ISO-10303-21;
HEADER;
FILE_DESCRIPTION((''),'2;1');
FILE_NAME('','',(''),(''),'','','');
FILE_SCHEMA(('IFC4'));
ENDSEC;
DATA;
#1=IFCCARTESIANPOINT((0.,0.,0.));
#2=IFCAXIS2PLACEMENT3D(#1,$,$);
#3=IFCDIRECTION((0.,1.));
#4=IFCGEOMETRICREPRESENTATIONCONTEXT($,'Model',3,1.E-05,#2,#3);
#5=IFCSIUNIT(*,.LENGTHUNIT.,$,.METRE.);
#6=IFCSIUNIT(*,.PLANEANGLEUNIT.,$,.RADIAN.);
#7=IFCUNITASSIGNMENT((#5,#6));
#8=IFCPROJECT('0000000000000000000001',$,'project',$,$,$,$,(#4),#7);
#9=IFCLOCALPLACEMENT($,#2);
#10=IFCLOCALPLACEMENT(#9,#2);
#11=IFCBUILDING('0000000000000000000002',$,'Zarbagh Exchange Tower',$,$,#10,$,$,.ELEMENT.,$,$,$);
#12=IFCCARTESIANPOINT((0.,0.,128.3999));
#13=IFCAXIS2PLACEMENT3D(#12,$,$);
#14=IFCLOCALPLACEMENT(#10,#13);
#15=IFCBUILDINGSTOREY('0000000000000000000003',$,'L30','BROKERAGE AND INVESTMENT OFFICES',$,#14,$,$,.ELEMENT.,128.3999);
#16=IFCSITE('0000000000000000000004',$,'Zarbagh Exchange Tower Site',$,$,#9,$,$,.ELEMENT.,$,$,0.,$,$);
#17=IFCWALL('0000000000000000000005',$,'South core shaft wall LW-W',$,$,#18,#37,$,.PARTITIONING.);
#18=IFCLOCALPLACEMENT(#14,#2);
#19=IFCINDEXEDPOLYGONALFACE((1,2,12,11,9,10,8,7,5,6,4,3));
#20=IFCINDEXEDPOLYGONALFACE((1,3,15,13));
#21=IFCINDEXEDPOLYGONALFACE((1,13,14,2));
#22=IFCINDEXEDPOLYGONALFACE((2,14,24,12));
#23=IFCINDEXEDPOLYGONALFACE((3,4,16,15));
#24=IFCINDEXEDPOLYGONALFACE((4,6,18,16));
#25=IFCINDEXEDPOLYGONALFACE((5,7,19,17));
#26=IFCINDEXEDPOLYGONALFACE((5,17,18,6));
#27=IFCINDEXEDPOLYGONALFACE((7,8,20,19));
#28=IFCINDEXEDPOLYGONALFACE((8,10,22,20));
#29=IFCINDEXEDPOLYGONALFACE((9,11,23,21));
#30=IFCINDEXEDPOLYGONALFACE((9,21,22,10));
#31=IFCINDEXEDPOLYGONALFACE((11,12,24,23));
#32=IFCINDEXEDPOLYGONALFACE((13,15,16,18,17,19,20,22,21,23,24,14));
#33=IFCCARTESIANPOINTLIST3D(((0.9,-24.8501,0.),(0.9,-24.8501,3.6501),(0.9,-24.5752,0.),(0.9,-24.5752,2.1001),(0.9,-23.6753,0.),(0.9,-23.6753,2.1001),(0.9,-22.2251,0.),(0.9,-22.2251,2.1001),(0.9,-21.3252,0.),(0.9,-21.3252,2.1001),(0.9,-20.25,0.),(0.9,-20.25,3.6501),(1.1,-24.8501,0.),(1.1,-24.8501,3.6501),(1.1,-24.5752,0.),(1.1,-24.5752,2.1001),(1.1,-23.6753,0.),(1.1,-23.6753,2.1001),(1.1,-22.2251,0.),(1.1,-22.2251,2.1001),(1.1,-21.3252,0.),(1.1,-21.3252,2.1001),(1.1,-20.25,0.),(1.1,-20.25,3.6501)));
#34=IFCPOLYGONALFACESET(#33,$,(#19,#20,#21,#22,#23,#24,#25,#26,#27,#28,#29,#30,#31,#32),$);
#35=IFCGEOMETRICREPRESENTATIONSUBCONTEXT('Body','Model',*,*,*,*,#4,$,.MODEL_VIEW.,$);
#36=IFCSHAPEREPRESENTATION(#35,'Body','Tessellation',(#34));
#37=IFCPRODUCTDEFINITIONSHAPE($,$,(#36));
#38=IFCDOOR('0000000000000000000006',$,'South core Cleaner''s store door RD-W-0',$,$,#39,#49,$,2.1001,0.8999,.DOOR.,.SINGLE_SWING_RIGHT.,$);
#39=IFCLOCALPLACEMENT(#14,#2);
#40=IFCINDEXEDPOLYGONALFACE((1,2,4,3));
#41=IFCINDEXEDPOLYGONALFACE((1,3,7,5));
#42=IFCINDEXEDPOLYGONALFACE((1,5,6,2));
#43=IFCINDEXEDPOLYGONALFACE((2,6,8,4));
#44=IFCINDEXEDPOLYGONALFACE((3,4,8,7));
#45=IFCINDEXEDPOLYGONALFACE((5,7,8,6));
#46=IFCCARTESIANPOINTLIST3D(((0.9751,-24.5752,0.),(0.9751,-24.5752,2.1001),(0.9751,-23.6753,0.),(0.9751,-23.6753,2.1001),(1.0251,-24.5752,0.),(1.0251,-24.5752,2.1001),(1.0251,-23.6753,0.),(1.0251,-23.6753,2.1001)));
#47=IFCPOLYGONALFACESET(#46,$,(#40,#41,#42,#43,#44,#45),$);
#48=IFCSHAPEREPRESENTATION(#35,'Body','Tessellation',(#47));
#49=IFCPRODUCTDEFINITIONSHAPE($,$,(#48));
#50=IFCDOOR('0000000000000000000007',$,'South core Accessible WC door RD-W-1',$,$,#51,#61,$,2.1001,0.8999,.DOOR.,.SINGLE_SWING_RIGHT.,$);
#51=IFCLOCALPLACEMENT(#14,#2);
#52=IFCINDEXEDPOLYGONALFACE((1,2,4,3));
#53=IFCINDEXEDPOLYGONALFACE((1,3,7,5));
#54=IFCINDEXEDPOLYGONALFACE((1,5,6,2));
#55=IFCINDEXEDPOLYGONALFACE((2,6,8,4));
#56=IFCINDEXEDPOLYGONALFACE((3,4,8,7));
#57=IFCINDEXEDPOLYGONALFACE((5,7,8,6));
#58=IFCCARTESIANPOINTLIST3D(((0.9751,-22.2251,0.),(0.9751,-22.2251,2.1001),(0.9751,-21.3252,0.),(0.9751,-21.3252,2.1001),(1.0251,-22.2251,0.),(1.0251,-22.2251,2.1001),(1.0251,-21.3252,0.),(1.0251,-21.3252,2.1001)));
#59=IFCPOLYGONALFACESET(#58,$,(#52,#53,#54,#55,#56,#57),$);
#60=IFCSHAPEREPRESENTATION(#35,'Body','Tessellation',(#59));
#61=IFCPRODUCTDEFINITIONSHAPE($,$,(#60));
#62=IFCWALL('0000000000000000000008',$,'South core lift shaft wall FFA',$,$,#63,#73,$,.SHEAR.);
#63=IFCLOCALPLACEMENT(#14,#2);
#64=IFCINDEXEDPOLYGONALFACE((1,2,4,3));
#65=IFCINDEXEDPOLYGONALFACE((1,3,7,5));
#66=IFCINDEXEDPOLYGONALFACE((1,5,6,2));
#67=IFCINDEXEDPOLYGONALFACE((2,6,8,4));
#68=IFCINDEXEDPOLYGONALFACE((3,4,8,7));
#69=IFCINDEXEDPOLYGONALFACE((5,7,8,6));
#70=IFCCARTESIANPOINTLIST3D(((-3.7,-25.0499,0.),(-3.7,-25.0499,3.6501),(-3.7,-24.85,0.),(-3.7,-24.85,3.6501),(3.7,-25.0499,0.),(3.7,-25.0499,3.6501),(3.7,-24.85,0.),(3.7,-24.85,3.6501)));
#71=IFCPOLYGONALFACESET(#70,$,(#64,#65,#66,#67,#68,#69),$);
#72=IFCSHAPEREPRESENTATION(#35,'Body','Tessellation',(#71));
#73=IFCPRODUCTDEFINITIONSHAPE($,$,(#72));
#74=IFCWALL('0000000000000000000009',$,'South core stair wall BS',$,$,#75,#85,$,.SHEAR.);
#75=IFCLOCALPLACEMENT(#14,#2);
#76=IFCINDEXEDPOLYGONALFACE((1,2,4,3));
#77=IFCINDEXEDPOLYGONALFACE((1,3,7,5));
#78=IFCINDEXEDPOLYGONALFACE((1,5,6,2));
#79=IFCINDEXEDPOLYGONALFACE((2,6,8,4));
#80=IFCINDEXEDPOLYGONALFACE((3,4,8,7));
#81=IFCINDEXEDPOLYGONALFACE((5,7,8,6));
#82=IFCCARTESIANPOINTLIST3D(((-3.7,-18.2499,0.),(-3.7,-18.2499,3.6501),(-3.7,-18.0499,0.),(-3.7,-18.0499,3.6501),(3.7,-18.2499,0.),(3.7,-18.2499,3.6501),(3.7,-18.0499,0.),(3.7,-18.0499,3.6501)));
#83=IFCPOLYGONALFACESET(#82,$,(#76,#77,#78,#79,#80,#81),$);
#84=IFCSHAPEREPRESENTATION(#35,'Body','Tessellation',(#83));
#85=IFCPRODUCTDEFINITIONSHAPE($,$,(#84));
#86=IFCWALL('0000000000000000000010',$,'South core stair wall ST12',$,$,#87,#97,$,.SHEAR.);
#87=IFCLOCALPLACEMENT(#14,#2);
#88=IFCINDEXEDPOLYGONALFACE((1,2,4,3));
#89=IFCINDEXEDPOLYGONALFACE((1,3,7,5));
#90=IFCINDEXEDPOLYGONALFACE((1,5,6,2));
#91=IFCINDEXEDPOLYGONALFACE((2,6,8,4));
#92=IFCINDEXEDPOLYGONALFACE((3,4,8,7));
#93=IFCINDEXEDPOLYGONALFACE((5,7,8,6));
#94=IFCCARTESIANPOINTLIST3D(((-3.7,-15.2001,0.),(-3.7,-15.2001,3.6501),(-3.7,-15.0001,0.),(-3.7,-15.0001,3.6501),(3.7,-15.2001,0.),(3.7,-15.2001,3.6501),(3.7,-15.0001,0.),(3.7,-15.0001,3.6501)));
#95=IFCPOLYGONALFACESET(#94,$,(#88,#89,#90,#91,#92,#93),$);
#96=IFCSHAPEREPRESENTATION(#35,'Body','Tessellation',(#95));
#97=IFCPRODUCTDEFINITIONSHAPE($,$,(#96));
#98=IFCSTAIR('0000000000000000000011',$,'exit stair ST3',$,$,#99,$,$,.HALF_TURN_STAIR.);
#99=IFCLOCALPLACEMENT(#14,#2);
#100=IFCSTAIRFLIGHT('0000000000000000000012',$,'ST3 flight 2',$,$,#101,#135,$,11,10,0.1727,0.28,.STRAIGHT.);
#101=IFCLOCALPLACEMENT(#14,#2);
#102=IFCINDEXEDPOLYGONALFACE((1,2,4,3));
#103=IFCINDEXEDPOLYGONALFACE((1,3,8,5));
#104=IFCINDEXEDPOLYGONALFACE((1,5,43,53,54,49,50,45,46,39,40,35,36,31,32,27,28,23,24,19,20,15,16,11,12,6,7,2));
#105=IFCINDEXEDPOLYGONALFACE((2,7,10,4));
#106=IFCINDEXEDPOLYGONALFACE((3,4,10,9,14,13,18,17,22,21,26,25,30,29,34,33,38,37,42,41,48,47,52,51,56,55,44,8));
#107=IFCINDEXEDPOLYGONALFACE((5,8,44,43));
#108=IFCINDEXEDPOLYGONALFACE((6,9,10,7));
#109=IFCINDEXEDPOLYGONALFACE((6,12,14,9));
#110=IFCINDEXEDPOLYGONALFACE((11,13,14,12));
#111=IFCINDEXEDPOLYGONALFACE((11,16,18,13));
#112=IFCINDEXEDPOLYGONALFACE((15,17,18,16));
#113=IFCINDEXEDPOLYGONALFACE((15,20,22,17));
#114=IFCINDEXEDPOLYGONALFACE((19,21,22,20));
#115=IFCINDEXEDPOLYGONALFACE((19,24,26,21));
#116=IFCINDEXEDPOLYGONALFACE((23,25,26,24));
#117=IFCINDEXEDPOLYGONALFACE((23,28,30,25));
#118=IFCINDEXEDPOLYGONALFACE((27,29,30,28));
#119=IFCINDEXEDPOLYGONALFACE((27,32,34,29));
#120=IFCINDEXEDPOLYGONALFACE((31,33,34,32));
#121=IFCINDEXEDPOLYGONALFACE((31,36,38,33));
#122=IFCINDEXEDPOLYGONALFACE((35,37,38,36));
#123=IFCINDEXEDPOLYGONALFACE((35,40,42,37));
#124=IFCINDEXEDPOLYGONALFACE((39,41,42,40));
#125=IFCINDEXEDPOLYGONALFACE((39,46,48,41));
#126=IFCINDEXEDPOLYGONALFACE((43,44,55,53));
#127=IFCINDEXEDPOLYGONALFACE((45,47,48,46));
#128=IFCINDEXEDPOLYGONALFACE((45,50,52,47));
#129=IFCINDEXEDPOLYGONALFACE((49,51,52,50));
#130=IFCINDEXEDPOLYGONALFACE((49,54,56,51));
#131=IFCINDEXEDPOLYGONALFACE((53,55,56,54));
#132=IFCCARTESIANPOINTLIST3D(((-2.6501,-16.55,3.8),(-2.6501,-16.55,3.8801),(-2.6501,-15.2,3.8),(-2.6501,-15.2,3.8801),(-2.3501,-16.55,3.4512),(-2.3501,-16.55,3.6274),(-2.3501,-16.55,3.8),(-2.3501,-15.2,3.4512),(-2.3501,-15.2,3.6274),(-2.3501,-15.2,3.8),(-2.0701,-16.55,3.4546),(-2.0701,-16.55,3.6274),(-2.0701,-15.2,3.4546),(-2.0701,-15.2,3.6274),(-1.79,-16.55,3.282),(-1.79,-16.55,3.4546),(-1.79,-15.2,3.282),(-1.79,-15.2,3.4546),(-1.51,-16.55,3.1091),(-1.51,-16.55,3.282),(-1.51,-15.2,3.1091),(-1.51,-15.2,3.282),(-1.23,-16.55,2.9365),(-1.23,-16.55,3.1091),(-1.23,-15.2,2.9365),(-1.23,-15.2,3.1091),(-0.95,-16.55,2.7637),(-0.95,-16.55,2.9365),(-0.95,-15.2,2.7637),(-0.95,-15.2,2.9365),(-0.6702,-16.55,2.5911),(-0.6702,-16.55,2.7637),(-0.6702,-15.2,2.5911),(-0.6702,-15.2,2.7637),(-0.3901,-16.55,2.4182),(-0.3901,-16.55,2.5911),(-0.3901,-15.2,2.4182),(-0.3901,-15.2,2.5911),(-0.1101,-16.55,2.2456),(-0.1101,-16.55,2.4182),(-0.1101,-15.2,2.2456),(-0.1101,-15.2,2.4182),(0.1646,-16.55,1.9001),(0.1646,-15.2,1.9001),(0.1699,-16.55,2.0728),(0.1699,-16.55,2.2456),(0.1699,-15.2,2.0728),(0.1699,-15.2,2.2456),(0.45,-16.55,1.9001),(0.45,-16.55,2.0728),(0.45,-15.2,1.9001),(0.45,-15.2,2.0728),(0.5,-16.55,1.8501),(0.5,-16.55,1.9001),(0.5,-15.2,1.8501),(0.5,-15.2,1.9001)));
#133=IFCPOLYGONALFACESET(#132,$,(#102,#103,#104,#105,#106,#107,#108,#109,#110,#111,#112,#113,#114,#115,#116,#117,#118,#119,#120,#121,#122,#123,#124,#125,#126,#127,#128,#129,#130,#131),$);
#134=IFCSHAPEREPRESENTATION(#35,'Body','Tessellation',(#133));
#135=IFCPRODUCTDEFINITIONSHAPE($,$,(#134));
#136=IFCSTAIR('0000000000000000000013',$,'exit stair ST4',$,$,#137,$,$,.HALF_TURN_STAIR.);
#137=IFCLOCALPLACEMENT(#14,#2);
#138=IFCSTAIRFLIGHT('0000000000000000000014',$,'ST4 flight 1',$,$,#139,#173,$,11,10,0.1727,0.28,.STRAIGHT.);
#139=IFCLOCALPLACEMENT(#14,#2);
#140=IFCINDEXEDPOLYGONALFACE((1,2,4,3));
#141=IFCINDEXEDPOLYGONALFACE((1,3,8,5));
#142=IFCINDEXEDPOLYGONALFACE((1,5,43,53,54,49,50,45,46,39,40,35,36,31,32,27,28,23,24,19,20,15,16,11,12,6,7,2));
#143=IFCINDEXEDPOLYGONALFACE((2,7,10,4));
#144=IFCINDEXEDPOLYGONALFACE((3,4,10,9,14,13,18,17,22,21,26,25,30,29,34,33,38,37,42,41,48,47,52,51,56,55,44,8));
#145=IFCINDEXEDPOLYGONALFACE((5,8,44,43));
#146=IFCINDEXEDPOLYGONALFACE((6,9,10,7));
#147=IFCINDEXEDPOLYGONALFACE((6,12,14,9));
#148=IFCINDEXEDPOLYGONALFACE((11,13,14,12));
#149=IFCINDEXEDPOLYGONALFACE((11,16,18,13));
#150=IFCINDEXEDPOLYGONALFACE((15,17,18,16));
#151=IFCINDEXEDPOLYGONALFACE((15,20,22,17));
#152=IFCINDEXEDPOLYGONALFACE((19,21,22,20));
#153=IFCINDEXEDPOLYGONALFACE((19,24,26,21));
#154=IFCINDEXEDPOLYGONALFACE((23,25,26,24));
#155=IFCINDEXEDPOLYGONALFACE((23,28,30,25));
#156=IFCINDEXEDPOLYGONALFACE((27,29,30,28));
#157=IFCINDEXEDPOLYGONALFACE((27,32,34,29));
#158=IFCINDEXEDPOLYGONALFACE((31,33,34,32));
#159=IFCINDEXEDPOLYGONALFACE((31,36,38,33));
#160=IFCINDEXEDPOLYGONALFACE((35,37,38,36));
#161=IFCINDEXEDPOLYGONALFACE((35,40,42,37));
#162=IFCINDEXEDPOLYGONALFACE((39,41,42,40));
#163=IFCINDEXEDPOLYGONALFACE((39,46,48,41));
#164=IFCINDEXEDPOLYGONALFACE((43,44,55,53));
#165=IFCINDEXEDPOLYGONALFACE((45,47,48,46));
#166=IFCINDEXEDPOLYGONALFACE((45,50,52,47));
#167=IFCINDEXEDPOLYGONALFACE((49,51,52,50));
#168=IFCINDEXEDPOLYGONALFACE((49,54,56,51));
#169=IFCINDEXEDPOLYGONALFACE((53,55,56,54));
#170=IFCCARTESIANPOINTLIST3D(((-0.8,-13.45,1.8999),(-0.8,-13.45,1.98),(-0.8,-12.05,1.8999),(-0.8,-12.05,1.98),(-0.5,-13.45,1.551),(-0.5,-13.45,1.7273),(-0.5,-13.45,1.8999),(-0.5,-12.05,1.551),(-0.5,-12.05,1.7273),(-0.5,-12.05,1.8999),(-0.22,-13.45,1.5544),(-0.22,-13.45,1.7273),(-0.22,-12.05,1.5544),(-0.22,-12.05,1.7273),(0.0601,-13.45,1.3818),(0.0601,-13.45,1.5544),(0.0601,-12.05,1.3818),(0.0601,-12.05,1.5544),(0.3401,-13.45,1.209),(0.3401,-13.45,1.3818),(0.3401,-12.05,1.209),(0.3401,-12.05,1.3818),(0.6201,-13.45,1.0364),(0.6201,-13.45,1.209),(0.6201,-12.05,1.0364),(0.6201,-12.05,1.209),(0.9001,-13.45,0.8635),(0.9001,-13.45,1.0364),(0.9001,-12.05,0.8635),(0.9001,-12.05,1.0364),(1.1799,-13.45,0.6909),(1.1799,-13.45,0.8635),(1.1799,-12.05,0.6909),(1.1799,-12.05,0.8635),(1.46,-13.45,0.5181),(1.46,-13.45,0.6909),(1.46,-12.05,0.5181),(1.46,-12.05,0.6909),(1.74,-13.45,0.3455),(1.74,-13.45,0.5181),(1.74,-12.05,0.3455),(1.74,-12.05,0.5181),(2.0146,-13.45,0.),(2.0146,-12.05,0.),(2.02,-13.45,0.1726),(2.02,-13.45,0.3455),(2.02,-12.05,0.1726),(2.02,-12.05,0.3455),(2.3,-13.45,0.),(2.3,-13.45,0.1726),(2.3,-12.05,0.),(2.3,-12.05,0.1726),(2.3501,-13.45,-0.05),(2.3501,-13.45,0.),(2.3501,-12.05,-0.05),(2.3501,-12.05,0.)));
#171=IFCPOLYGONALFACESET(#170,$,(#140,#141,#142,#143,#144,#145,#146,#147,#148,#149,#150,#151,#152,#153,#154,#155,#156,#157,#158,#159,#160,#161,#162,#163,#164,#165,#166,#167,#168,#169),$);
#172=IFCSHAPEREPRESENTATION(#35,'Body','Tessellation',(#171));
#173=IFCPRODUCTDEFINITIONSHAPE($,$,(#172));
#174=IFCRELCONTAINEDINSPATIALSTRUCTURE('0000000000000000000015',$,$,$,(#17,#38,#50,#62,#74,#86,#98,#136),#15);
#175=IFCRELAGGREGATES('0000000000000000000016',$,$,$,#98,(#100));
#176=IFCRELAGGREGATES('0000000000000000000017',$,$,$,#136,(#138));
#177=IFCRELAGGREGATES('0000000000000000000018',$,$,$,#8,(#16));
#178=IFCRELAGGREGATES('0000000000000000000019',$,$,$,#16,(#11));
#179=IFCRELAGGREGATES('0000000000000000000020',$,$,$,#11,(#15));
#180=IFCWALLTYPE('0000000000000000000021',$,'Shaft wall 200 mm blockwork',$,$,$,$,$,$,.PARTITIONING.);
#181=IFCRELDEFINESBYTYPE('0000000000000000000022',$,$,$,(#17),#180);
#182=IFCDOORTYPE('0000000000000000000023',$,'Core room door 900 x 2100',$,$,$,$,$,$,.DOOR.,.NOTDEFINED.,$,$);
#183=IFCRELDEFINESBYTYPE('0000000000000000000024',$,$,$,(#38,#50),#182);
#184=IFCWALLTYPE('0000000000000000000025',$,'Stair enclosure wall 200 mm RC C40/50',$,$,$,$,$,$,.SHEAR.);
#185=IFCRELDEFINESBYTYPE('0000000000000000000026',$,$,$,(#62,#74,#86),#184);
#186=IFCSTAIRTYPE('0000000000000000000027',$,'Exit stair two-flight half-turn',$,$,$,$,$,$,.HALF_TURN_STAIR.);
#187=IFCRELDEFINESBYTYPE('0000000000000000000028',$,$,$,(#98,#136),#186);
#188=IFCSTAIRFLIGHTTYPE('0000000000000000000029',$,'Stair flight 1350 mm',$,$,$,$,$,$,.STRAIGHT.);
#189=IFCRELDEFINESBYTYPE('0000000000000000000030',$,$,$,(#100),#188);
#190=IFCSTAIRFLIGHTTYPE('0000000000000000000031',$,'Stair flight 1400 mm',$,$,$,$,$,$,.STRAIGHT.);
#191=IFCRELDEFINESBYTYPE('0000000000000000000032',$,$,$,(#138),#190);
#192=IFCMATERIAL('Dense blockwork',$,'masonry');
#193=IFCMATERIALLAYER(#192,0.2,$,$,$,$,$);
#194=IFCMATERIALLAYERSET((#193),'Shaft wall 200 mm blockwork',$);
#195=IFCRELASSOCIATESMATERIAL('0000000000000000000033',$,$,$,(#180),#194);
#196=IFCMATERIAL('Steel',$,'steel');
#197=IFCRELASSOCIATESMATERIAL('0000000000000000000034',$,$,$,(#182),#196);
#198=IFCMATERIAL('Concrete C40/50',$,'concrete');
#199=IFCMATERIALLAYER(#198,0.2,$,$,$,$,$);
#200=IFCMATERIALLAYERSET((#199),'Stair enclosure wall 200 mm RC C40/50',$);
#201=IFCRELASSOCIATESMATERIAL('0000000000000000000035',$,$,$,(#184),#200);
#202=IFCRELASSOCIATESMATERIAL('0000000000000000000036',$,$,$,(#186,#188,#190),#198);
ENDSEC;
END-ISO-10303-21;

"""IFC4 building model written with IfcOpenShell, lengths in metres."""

from ifc_helpers import new_model, si_unit, direction, frame, frame_2d, origin, place, context, subcontext, project, spatial, polyline, rectangle, outline, extrude, material, layer, layer_set, type_object, element, fill, aggregate, save


model = new_model("IFC4")

# Units and contexts
model_context = context("Model", 3, precision=1e-05, world=origin(), true_north=direction((0.0, 1.0)))
body_context = subcontext(model_context, "Body", "Model", "MODEL_VIEW")
ifc_project = project(units=[si_unit("LENGTHUNIT", "METRE"), si_unit("PLANEANGLEUNIT", "RADIAN")], contexts=[model_context])

# Site, building, storey
site_placement = place(None, origin())
site = spatial("IfcSite", under=ifc_project, at=site_placement, Name="Zarbagh Exchange Tower Site", CompositionType="ELEMENT", RefElevation=0.0)
building_placement = place(site_placement, origin())
building = spatial("IfcBuilding", under=site, at=building_placement, Name="Zarbagh Exchange Tower", CompositionType="ELEMENT")
storey_placement = place(building_placement, frame((0.0, 0.0, 128.3999)))
storey = spatial("IfcBuildingStorey", under=building, at=storey_placement, Name="L30", Description="BROKERAGE AND INVESTMENT OFFICES", CompositionType="ELEMENT", Elevation=128.3999)

# Shared definitions
ifc_material_1 = material(Name="Dense blockwork", Category="masonry")
ifc_layer_1 = layer(ifc_material_1, 0.2)
ifc_layer_set_1 = layer_set([ifc_layer_1], Name="Shaft wall 200 mm blockwork")
wall_type_1 = type_object("IfcWallType", Name="Shaft wall 200 mm blockwork", PredefinedType="PARTITIONING", material=ifc_layer_set_1)

# Wall, openings, doors
wall_1_placement = place(storey_placement, frame((1.0, -24.8501, 0.0), z_axis=(0.0, 0.0, 1.0), x_axis=(0.0, 1.0, 0.0)))
wall_1 = element("IfcWall", 1, at=wall_1_placement, inside=storey, type_object=wall_type_1, Name="South core shaft wall LW-W", PredefinedType="PARTITIONING", context=body_context, shape_type="SweptSolid", body=[
    extrude(rectangle(XDim=4.6001, YDim=0.2, at=frame_2d((2.3, 0.0))), origin(), (0.0, 0.0, 1.0), 3.6501),
])
opening_1_placement = place(wall_1_placement, frame((0.2749, 0.0, 0.0)))
opening_1 = element("IfcOpeningElement", 2, at=opening_1_placement, cuts=wall_1, PredefinedType="OPENING", context=body_context, shape_type="SweptSolid", body=[
    extrude(rectangle(XDim=0.8999, YDim=2.1001, at=frame_2d((0.45, 1.05))), frame((0.0, 0.1099, 0.0), z_axis=(0.0, -1.0, 0.0), x_axis=(1.0, 0.0, 0.0)), (0.0, 0.0, 1.0), 0.22),
])
opening_2_placement = place(wall_1_placement, frame((2.625, 0.0, 0.0)))
opening_2 = element("IfcOpeningElement", 3, at=opening_2_placement, cuts=wall_1, PredefinedType="OPENING", context=body_context, shape_type="SweptSolid", body=[
    extrude(rectangle(XDim=0.8999, YDim=2.1001, at=frame_2d((0.45, 1.05))), frame((0.0, 0.1099, 0.0), z_axis=(0.0, -1.0, 0.0), x_axis=(1.0, 0.0, 0.0)), (0.0, 0.0, 1.0), 0.22),
])
ifc_material_2 = material(Name="Steel", Category="steel")
door_type = type_object("IfcDoorType", Name="Core room door 900 x 2100", OperationType="NOTDEFINED", PredefinedType="DOOR", material=ifc_material_2)
door_1_placement = place(opening_1_placement, origin())
door_1 = element("IfcDoor", 4, at=door_1_placement, inside=storey, type_object=door_type, Name="South core Cleaner's store door RD-W-0", OperationType="SINGLE_SWING_RIGHT", OverallHeight=2.1001, OverallWidth=0.8999, PredefinedType="DOOR", context=body_context, shape_type="SweptSolid", body=[
    extrude(rectangle(XDim=0.8999, YDim=2.1001, at=frame_2d((0.45, 1.05))), frame((0.0, 0.0249, 0.0), z_axis=(0.0, -1.0, 0.0), x_axis=(1.0, 0.0, 0.0)), (0.0, 0.0, 1.0), 0.05),
])
fill(opening_1, door_1)
door_2_placement = place(opening_2_placement, origin())
door_2 = element("IfcDoor", 5, at=door_2_placement, inside=storey, type_object=door_type, Name="South core Accessible WC door RD-W-1", OperationType="SINGLE_SWING_RIGHT", OverallHeight=2.1001, OverallWidth=0.8999, PredefinedType="DOOR", context=body_context, shape_type="SweptSolid", body=[
    extrude(rectangle(XDim=0.8999, YDim=2.1001, at=frame_2d((0.45, 1.05))), frame((0.0, 0.0249, 0.0), z_axis=(0.0, -1.0, 0.0), x_axis=(1.0, 0.0, 0.0)), (0.0, 0.0, 1.0), 0.05),
])
fill(opening_2, door_2)

# Walls
ifc_material_3 = material(Name="Concrete C40/50", Category="concrete")
ifc_layer_2 = layer(ifc_material_3, 0.2)
ifc_layer_set_2 = layer_set([ifc_layer_2], Name="Stair enclosure wall 200 mm RC C40/50")
wall_type_2 = type_object("IfcWallType", Name="Stair enclosure wall 200 mm RC C40/50", PredefinedType="SHEAR", material=ifc_layer_set_2)
for number, where, z_axis, x_axis, name in (
    (6, (3.7, -24.95, 0.0), (0.0, 0.0, 1.0), (-1.0, 0.0, 0.0), "South core lift shaft wall FFA"),
    (7, (3.7, -18.1499, 0.0), (0.0, 0.0, 1.0), (-1.0, 0.0, 0.0), "South core stair wall BS"),
    (8, (3.7, -15.1001, 0.0), (0.0, 0.0, 1.0), (-1.0, 0.0, 0.0), "South core stair wall ST12"),
):
    element("IfcWall", number, at=place(storey_placement, frame(where, z_axis=z_axis, x_axis=x_axis)), inside=storey, type_object=wall_type_2, Name=name, PredefinedType="SHEAR", context=body_context, shape_type="SweptSolid", body=[
        extrude(rectangle(XDim=7.3999, YDim=0.2, at=frame_2d((3.7, 0.0))), origin(), (0.0, 0.0, 1.0), 3.6501),
    ])

# Stairs, stair flights
stair_type = type_object("IfcStairType", Name="Exit stair two-flight half-turn", PredefinedType="HALF_TURN_STAIR", material=ifc_material_3)
stair_1_placement = place(storey_placement, origin())
stair_1 = element("IfcStair", 9, at=stair_1_placement, inside=storey, type_object=stair_type, Name="exit stair ST3", PredefinedType="HALF_TURN_STAIR")
stair_flight_type_1 = type_object("IfcStairFlightType", Name="Stair flight 1350 mm", PredefinedType="STRAIGHT", material=ifc_material_3)
stair_flight_1_placement = place(storey_placement, frame((0.45, -15.875, 1.9001), z_axis=(0.0, 0.0, 1.0), x_axis=(-1.0, 0.0, 0.0)))
stair_flight_1 = element("IfcStairFlight", 10, at=stair_flight_1_placement, type_object=stair_flight_type_1, Name="ST3 flight 2", NumberOfRisers=11, NumberOfTreads=10, PredefinedType="STRAIGHT", RiserHeight=0.1727, TreadLength=0.28, context=body_context, shape_type="SweptSolid", body=[
    extrude(outline(polyline([(-0.05, -0.05), (-0.05, 0.0), (0.0, 0.0), (0.0, 0.1726), (0.28, 0.1726), (0.28, 0.3455), (0.5601, 0.3455), (0.5601, 0.5181), (0.8401, 0.5181), (0.8401, 0.6909), (1.1201, 0.6909), (1.1201, 0.8635), (1.3999, 0.8635), (1.3999, 1.0364), (1.6799, 1.0364), (1.6799, 1.209), (1.96, 1.209), (1.96, 1.3818), (2.24, 1.3818), (2.24, 1.5544), (2.52, 1.5544), (2.52, 1.7273), (2.8, 1.7273), (2.8, 1.8999), (3.1001, 1.98), (3.1001, 1.8999), (2.8, 1.551), (0.2854, 0.0), (-0.05, -0.05)])), frame((0.0, 0.675, 0.0), z_axis=(0.0, -1.0, 0.0), x_axis=(1.0, 0.0, 0.0)), (0.0, 0.0, 1.0), 1.3501),
])
aggregate(stair_1, [stair_flight_1])
stair_2_placement = place(storey_placement, origin())
stair_2 = element("IfcStair", 11, at=stair_2_placement, inside=storey, type_object=stair_type, Name="exit stair ST4", PredefinedType="HALF_TURN_STAIR")
stair_flight_type_2 = type_object("IfcStairFlightType", Name="Stair flight 1400 mm", PredefinedType="STRAIGHT", material=ifc_material_3)
stair_flight_2_placement = place(storey_placement, frame((2.3, -12.75, 0.0), z_axis=(0.0, 0.0, 1.0), x_axis=(-1.0, 0.0, 0.0)))
stair_flight_2 = element("IfcStairFlight", 12, at=stair_flight_2_placement, type_object=stair_flight_type_2, Name="ST4 flight 1", NumberOfRisers=11, NumberOfTreads=10, PredefinedType="STRAIGHT", RiserHeight=0.1727, TreadLength=0.28, context=body_context, shape_type="SweptSolid", body=[
    extrude(outline(polyline([(-0.05, -0.05), (-0.05, 0.0), (0.0, 0.0), (0.0, 0.1726), (0.28, 0.1726), (0.28, 0.3455), (0.5601, 0.3455), (0.5601, 0.5181), (0.8401, 0.5181), (0.8401, 0.6909), (1.1201, 0.6909), (1.1201, 0.8635), (1.3999, 0.8635), (1.3999, 1.0364), (1.6799, 1.0364), (1.6799, 1.209), (1.96, 1.209), (1.96, 1.3818), (2.24, 1.3818), (2.24, 1.5544), (2.52, 1.5544), (2.52, 1.7273), (2.8, 1.7273), (2.8, 1.8999), (3.1001, 1.98), (3.1001, 1.8999), (2.8, 1.551), (0.2854, 0.0), (-0.05, -0.05)])), frame((0.0, 0.7, 0.0), z_axis=(0.0, -1.0, 0.0), x_axis=(1.0, 0.0, 0.0)), (0.0, 0.0, 1.0), 1.3999),
])
aggregate(stair_2, [stair_flight_2])

save(model, "model.ifc")
